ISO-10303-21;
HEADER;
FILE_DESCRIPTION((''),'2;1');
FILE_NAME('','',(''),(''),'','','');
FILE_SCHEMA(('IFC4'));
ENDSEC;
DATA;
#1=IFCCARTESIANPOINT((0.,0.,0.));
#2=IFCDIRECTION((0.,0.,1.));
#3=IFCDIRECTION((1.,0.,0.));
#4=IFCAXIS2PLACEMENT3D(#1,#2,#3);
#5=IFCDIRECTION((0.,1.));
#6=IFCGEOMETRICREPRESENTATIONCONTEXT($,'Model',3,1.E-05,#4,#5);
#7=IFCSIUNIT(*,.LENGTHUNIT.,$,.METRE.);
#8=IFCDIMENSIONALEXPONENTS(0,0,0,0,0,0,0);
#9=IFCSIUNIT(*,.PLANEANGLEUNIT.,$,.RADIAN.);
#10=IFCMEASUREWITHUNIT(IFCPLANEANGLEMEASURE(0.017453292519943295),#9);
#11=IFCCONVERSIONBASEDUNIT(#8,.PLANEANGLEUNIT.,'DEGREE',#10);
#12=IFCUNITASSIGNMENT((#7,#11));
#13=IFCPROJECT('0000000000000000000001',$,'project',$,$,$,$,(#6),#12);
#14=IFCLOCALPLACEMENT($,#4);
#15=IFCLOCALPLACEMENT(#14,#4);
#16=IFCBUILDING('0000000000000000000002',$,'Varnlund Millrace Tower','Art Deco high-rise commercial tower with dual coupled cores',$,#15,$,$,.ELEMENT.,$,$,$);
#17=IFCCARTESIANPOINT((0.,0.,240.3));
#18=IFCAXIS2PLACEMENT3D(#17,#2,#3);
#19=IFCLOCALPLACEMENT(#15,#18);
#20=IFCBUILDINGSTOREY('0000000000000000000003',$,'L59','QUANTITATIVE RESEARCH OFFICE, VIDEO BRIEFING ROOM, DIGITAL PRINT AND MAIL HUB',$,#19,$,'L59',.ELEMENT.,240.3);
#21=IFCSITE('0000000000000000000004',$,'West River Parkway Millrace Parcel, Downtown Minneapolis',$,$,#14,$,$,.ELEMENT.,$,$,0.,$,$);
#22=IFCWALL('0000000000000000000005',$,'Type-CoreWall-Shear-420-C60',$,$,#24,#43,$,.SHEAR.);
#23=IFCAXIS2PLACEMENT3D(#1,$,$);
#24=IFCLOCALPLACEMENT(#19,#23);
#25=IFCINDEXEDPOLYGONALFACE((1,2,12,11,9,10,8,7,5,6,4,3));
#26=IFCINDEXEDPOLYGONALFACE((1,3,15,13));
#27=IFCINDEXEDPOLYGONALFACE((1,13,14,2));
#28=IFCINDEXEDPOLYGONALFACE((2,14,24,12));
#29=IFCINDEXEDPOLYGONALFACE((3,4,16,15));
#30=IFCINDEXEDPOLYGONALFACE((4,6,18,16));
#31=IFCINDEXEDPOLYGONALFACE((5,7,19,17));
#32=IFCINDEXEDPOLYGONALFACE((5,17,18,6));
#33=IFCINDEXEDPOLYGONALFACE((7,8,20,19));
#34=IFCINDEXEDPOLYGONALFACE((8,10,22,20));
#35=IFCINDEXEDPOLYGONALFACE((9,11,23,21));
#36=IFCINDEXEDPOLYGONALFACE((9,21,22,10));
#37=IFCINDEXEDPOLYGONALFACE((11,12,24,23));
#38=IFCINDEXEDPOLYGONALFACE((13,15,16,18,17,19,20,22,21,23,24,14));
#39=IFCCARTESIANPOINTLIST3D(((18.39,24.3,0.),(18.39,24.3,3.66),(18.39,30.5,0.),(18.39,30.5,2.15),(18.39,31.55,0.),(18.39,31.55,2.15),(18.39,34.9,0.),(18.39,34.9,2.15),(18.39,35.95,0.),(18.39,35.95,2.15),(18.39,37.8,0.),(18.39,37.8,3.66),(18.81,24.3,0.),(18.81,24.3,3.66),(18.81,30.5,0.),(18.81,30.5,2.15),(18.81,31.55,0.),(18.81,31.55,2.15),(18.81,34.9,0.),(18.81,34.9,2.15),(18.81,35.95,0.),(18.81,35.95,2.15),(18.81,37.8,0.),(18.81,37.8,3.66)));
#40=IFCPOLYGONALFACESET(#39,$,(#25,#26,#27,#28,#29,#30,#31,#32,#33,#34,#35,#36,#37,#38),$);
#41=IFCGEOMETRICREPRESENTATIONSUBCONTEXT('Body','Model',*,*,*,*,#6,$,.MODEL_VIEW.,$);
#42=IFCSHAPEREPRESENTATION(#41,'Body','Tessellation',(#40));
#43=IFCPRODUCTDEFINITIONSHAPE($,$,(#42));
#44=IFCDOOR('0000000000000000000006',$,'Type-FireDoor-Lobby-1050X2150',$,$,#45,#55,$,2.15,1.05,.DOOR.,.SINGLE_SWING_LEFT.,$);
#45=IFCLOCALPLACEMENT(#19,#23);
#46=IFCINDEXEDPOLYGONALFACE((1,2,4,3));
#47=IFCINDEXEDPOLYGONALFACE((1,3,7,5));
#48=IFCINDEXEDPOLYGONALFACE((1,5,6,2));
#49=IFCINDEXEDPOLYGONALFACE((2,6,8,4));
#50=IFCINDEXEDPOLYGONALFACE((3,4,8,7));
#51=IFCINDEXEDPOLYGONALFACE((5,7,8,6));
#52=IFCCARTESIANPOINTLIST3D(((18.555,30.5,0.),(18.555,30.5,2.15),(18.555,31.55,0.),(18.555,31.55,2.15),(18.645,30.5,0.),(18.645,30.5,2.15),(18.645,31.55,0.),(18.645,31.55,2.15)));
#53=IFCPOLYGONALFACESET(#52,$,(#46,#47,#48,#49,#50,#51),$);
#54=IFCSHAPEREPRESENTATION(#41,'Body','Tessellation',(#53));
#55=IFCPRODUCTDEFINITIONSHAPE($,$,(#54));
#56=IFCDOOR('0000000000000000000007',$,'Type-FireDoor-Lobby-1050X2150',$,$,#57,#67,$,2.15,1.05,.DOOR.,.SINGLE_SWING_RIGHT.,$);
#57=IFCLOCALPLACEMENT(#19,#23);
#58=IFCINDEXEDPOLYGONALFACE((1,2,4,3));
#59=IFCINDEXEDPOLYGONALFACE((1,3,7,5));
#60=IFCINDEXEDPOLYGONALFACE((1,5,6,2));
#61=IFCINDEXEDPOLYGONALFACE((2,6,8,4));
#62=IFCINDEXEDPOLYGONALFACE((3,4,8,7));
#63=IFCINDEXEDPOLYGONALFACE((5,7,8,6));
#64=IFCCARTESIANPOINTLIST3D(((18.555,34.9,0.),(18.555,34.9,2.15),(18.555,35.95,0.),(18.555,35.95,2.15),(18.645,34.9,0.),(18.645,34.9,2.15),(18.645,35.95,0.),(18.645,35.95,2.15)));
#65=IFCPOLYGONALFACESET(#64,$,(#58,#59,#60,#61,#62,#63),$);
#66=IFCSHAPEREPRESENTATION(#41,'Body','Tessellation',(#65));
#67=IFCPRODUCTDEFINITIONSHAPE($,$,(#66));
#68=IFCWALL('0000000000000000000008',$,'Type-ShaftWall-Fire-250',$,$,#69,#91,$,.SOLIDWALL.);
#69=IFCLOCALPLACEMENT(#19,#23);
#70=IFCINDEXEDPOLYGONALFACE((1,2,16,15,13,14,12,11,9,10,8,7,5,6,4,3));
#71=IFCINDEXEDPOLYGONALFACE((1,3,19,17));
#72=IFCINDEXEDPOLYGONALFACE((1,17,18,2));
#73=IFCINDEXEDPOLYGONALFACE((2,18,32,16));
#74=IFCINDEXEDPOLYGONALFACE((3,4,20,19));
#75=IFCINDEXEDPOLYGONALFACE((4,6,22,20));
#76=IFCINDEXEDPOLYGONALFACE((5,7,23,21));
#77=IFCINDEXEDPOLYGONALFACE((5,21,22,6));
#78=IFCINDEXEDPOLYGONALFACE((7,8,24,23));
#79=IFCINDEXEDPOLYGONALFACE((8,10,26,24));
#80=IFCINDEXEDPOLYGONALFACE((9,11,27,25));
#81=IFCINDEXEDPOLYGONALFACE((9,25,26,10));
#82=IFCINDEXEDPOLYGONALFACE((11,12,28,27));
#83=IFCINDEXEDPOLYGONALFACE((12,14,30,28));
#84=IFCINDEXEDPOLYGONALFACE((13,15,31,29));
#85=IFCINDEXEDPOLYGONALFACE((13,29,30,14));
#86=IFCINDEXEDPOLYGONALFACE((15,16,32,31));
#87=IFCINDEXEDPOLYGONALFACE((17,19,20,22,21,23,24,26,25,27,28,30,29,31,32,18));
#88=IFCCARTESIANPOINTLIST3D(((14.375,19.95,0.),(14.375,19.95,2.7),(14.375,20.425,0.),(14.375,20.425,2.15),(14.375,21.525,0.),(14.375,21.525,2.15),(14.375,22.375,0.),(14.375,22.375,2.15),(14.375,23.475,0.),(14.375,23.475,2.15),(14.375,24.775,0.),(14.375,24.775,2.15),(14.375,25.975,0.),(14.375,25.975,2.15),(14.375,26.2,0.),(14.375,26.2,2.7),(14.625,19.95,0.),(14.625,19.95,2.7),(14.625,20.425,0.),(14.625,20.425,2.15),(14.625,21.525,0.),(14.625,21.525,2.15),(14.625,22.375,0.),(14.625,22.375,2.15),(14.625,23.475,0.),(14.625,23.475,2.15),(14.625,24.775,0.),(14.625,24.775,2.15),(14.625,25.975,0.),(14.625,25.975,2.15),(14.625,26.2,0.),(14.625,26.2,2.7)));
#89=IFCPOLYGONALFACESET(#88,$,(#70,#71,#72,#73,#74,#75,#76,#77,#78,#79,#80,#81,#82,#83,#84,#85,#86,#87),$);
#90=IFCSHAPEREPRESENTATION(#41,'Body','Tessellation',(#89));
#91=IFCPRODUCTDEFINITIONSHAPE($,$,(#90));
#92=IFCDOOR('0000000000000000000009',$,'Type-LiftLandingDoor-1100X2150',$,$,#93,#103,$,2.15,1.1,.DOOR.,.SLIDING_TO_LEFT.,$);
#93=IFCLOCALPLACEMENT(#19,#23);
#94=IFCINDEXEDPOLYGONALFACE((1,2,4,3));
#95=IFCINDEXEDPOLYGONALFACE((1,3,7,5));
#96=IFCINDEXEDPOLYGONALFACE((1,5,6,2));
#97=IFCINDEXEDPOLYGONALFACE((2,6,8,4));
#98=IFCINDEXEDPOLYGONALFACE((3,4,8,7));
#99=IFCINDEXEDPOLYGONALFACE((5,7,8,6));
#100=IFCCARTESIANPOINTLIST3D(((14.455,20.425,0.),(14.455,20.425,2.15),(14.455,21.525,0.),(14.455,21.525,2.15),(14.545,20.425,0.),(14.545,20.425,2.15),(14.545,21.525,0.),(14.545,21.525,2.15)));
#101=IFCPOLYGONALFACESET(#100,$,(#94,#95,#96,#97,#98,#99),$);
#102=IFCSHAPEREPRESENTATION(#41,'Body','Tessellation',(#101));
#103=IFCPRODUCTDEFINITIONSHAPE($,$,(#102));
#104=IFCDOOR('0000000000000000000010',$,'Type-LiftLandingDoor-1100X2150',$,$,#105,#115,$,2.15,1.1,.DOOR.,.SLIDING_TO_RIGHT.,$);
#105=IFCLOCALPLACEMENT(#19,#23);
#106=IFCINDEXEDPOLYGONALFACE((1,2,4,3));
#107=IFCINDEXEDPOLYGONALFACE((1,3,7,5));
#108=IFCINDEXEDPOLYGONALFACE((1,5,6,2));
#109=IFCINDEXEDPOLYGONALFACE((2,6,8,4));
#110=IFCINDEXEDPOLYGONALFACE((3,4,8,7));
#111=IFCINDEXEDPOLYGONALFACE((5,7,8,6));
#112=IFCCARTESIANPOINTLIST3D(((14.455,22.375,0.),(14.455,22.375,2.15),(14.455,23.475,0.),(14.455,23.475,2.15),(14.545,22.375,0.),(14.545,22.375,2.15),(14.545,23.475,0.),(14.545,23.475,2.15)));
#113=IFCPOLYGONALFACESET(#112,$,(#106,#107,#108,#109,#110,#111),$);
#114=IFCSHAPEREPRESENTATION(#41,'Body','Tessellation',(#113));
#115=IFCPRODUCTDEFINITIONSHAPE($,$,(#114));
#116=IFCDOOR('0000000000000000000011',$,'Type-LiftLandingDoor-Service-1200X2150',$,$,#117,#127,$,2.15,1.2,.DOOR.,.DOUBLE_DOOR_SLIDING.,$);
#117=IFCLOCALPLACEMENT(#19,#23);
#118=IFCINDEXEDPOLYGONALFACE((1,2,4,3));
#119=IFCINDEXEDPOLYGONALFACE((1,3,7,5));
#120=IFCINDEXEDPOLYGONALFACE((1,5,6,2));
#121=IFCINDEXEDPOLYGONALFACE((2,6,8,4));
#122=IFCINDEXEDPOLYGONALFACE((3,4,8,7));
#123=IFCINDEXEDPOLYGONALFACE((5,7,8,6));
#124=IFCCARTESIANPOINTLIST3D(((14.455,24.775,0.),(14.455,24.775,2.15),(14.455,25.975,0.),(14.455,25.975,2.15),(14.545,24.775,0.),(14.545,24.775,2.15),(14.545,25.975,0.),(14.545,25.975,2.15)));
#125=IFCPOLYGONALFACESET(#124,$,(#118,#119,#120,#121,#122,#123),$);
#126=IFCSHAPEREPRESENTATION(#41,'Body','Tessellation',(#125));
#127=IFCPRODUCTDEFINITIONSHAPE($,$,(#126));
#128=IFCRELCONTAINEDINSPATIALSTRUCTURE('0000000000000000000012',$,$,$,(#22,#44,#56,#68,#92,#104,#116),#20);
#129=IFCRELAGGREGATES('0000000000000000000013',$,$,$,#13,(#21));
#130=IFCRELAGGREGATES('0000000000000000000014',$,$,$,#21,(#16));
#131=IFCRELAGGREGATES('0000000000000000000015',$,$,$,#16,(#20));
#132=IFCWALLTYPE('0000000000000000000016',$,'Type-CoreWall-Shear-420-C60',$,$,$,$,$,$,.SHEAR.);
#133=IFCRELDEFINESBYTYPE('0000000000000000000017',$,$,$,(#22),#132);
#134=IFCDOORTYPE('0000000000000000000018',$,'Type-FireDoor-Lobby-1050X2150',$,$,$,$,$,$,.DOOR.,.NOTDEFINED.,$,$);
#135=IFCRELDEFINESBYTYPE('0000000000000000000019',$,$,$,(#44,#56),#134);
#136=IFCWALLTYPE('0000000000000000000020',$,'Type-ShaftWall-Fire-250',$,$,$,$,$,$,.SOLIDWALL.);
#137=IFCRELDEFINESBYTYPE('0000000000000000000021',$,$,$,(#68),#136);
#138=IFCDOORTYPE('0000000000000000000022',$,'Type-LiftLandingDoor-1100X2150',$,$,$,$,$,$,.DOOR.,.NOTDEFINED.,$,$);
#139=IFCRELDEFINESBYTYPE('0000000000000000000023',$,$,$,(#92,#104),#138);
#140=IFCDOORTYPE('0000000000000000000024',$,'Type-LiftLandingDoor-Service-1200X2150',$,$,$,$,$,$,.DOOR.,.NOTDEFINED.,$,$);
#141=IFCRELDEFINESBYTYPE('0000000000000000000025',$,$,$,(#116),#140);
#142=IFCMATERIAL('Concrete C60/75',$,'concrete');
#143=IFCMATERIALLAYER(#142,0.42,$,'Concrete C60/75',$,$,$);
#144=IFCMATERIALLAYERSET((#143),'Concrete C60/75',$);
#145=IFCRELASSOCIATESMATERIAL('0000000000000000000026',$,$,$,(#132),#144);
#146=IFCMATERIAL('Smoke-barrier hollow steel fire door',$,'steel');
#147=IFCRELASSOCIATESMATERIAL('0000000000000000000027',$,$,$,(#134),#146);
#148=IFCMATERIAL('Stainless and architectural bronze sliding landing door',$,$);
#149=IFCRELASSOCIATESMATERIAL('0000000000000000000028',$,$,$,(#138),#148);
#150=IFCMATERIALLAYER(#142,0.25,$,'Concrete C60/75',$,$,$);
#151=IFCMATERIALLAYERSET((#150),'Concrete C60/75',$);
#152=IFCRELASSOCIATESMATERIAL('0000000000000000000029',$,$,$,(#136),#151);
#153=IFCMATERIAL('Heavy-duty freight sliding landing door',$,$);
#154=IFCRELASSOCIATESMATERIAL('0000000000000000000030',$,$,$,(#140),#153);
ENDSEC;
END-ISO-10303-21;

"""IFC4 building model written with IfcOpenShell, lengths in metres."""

from ifc_helpers import new_model, entity, si_unit, converted_unit, direction, frame, origin_with_axes, origin_2d_with_axis, place, context, subcontext, project, spatial, polyline, rectangle, outline, extrude, material, layer, layer_set, type_object, element, fill, save


model = new_model("IFC4")

# Units and contexts
model_context = context("Model", 3, precision=1e-05, world=origin_with_axes(), true_north=direction((0.0, 1.0)))
body_context = subcontext(model_context, "Body", "Model", "MODEL_VIEW")
ifc_project = project(units=[si_unit("LENGTHUNIT", "METRE"), converted_unit("PLANEANGLEUNIT", "DEGREE", entity("IfcPlaneAngleMeasure", 0.017453292519943295), si_unit("PLANEANGLEUNIT", "RADIAN"), dimensions=[0, 0, 0, 0, 0, 0, 0])], contexts=[model_context])

# Site, building, storey
site_placement = place(None, origin_with_axes())
site = spatial("IfcSite", under=ifc_project, at=site_placement, Name="West River Parkway Millrace Parcel, Downtown Minneapolis", CompositionType="ELEMENT", RefElevation=0.0)
building_placement = place(site_placement, origin_with_axes())
building = spatial("IfcBuilding", under=site, at=building_placement, Name="Varnlund Millrace Tower", Description="Art Deco high-rise commercial tower with dual coupled cores", CompositionType="ELEMENT")
storey_placement = place(building_placement, frame((0.0, 0.0, 240.3), z_axis=(0.0, 0.0, 1.0), x_axis=(1.0, 0.0, 0.0)))
storey = spatial("IfcBuildingStorey", under=building, at=storey_placement, Name="L59", Description="QUANTITATIVE RESEARCH OFFICE, VIDEO BRIEFING ROOM, DIGITAL PRINT AND MAIL HUB", LongName="L59", CompositionType="ELEMENT", Elevation=240.3)

# Shared definitions
ifc_material_1 = material(Name="Concrete C60/75", Category="concrete")
ifc_layer_1 = layer(ifc_material_1, 0.42, Name="Concrete C60/75")
ifc_layer_set_1 = layer_set([ifc_layer_1], Name="Concrete C60/75")
wall_type_1 = type_object("IfcWallType", Name="Type-CoreWall-Shear-420-C60", PredefinedType="SHEAR", material=ifc_layer_set_1)

# Walls, openings, doors
ifc_material_2 = material(Name="Smoke-barrier hollow steel fire door", Category="steel")
door_type_1 = type_object("IfcDoorType", Name="Type-FireDoor-Lobby-1050X2150", OperationType="NOTDEFINED", PredefinedType="DOOR", material=ifc_material_2)
ifc_material_3 = material(Name="Stainless and architectural bronze sliding landing door")
door_type_2 = type_object("IfcDoorType", Name="Type-LiftLandingDoor-1100X2150", OperationType="NOTDEFINED", PredefinedType="DOOR", material=ifc_material_3)
wall_1_placement = place(storey_placement, frame((18.6, 24.3, 0.0), z_axis=(0.0, 0.0, 1.0), x_axis=(0.0, 1.0, 0.0)))
wall_1 = element("IfcWall", 1, at=wall_1_placement, inside=storey, type_object=wall_type_1, Name="Type-CoreWall-Shear-420-C60", PredefinedType="SHEAR", context=body_context, shape_type="SweptSolid", body=[
    extrude(outline(polyline([(0.0, -0.21), (13.5, -0.21), (13.5, 0.21), (0.0, 0.21), (0.0, -0.21)])), origin_with_axes(), (0.0, 0.0, 1.0), 3.66),
])
opening_1_placement = place(wall_1_placement, frame((6.725, 0.0, 0.0), z_axis=(0.0, 0.0, 1.0), x_axis=(1.0, 0.0, 0.0)))
opening_1 = element("IfcOpeningElement", 2, at=opening_1_placement, cuts=wall_1, PredefinedType="OPENING", context=body_context, shape_type="SweptSolid", body=[
    extrude(rectangle(XDim=1.05, YDim=0.44, at=origin_2d_with_axis()), origin_with_axes(), (0.0, 0.0, 1.0), 2.15),
])
opening_2_placement = place(wall_1_placement, frame((11.125, 0.0, 0.0), z_axis=(0.0, 0.0, 1.0), x_axis=(1.0, 0.0, 0.0)))
opening_2 = element("IfcOpeningElement", 3, at=opening_2_placement, cuts=wall_1, PredefinedType="OPENING", context=body_context, shape_type="SweptSolid", body=[
    extrude(rectangle(XDim=1.05, YDim=0.44, at=origin_2d_with_axis()), origin_with_axes(), (0.0, 0.0, 1.0), 2.15),
])
door_1_placement = place(wall_1_placement, frame((6.725, 0.0, 0.0), z_axis=(0.0, 0.0, 1.0), x_axis=(1.0, 0.0, 0.0)))
door_1 = element("IfcDoor", 4, at=door_1_placement, inside=storey, type_object=door_type_1, Name="Type-FireDoor-Lobby-1050X2150", OperationType="SINGLE_SWING_LEFT", OverallHeight=2.15, OverallWidth=1.05, PredefinedType="DOOR", context=body_context, shape_type="SweptSolid", body=[
    extrude(rectangle(XDim=1.05, YDim=0.09, at=origin_2d_with_axis()), origin_with_axes(), (0.0, 0.0, 1.0), 2.15),
])
fill(opening_1, door_1)
door_2_placement = place(wall_1_placement, frame((11.125, 0.0, 0.0), z_axis=(0.0, 0.0, 1.0), x_axis=(1.0, 0.0, 0.0)))
door_2 = element("IfcDoor", 5, at=door_2_placement, inside=storey, type_object=door_type_1, Name="Type-FireDoor-Lobby-1050X2150", OperationType="SINGLE_SWING_RIGHT", OverallHeight=2.15, OverallWidth=1.05, PredefinedType="DOOR", context=body_context, shape_type="SweptSolid", body=[
    extrude(rectangle(XDim=1.05, YDim=0.09, at=origin_2d_with_axis()), origin_with_axes(), (0.0, 0.0, 1.0), 2.15),
])
fill(opening_2, door_2)
ifc_layer_2 = layer(ifc_material_1, 0.25, Name="Concrete C60/75")
ifc_layer_set_2 = layer_set([ifc_layer_2], Name="Concrete C60/75")
wall_type_2 = type_object("IfcWallType", Name="Type-ShaftWall-Fire-250", PredefinedType="SOLIDWALL", material=ifc_layer_set_2)
wall_2_placement = place(storey_placement, frame((14.5, 19.95, 0.0), z_axis=(0.0, 0.0, 1.0), x_axis=(0.0, 1.0, 0.0)))
wall_2 = element("IfcWall", 6, at=wall_2_placement, inside=storey, type_object=wall_type_2, Name="Type-ShaftWall-Fire-250", PredefinedType="SOLIDWALL", context=body_context, shape_type="SweptSolid", body=[
    extrude(outline(polyline([(0.0, -0.125), (6.25, -0.125), (6.25, 0.125), (0.0, 0.125), (0.0, -0.125)])), origin_with_axes(), (0.0, 0.0, 1.0), 2.7),
])
opening_3_placement = place(wall_2_placement, frame((1.025, 0.0, 0.0), z_axis=(0.0, 0.0, 1.0), x_axis=(1.0, 0.0, 0.0)))
opening_3 = element("IfcOpeningElement", 7, at=opening_3_placement, cuts=wall_2, PredefinedType="OPENING", context=body_context, shape_type="SweptSolid", body=[
    extrude(rectangle(XDim=1.1, YDim=0.27, at=origin_2d_with_axis()), origin_with_axes(), (0.0, 0.0, 1.0), 2.15),
])
opening_4_placement = place(wall_2_placement, frame((2.975, 0.0, 0.0), z_axis=(0.0, 0.0, 1.0), x_axis=(1.0, 0.0, 0.0)))
opening_4 = element("IfcOpeningElement", 8, at=opening_4_placement, cuts=wall_2, PredefinedType="OPENING", context=body_context, shape_type="SweptSolid", body=[
    extrude(rectangle(XDim=1.1, YDim=0.27, at=origin_2d_with_axis()), origin_with_axes(), (0.0, 0.0, 1.0), 2.15),
])
opening_5_placement = place(wall_2_placement, frame((5.425, 0.0, 0.0), z_axis=(0.0, 0.0, 1.0), x_axis=(1.0, 0.0, 0.0)))
opening_5 = element("IfcOpeningElement", 9, at=opening_5_placement, cuts=wall_2, PredefinedType="OPENING", context=body_context, shape_type="SweptSolid", body=[
    extrude(rectangle(XDim=1.2, YDim=0.27, at=origin_2d_with_axis()), origin_with_axes(), (0.0, 0.0, 1.0), 2.15),
])
door_3_placement = place(wall_2_placement, frame((1.025, 0.0, 0.0), z_axis=(0.0, 0.0, 1.0), x_axis=(1.0, 0.0, 0.0)))
door_3 = element("IfcDoor", 10, at=door_3_placement, inside=storey, type_object=door_type_2, Name="Type-LiftLandingDoor-1100X2150", OperationType="SLIDING_TO_LEFT", OverallHeight=2.15, OverallWidth=1.1, PredefinedType="DOOR", context=body_context, shape_type="SweptSolid", body=[
    extrude(rectangle(XDim=1.1, YDim=0.09, at=origin_2d_with_axis()), origin_with_axes(), (0.0, 0.0, 1.0), 2.15),
])
fill(opening_3, door_3)
door_4_placement = place(wall_2_placement, frame((2.975, 0.0, 0.0), z_axis=(0.0, 0.0, 1.0), x_axis=(1.0, 0.0, 0.0)))
door_4 = element("IfcDoor", 11, at=door_4_placement, inside=storey, type_object=door_type_2, Name="Type-LiftLandingDoor-1100X2150", OperationType="SLIDING_TO_RIGHT", OverallHeight=2.15, OverallWidth=1.1, PredefinedType="DOOR", context=body_context, shape_type="SweptSolid", body=[
    extrude(rectangle(XDim=1.1, YDim=0.09, at=origin_2d_with_axis()), origin_with_axes(), (0.0, 0.0, 1.0), 2.15),
])
fill(opening_4, door_4)
ifc_material_4 = material(Name="Heavy-duty freight sliding landing door")
door_type_3 = type_object("IfcDoorType", Name="Type-LiftLandingDoor-Service-1200X2150", OperationType="NOTDEFINED", PredefinedType="DOOR", material=ifc_material_4)
door_5_placement = place(wall_2_placement, frame((5.425, 0.0, 0.0), z_axis=(0.0, 0.0, 1.0), x_axis=(1.0, 0.0, 0.0)))
door_5 = element("IfcDoor", 12, at=door_5_placement, inside=storey, type_object=door_type_3, Name="Type-LiftLandingDoor-Service-1200X2150", OperationType="DOUBLE_DOOR_SLIDING", OverallHeight=2.15, OverallWidth=1.2, PredefinedType="DOOR", context=body_context, shape_type="SweptSolid", body=[
    extrude(rectangle(XDim=1.2, YDim=0.09, at=origin_2d_with_axis()), origin_with_axes(), (0.0, 0.0, 1.0), 2.15),
])
fill(opening_5, door_5)

save(model, "model.ifc")
